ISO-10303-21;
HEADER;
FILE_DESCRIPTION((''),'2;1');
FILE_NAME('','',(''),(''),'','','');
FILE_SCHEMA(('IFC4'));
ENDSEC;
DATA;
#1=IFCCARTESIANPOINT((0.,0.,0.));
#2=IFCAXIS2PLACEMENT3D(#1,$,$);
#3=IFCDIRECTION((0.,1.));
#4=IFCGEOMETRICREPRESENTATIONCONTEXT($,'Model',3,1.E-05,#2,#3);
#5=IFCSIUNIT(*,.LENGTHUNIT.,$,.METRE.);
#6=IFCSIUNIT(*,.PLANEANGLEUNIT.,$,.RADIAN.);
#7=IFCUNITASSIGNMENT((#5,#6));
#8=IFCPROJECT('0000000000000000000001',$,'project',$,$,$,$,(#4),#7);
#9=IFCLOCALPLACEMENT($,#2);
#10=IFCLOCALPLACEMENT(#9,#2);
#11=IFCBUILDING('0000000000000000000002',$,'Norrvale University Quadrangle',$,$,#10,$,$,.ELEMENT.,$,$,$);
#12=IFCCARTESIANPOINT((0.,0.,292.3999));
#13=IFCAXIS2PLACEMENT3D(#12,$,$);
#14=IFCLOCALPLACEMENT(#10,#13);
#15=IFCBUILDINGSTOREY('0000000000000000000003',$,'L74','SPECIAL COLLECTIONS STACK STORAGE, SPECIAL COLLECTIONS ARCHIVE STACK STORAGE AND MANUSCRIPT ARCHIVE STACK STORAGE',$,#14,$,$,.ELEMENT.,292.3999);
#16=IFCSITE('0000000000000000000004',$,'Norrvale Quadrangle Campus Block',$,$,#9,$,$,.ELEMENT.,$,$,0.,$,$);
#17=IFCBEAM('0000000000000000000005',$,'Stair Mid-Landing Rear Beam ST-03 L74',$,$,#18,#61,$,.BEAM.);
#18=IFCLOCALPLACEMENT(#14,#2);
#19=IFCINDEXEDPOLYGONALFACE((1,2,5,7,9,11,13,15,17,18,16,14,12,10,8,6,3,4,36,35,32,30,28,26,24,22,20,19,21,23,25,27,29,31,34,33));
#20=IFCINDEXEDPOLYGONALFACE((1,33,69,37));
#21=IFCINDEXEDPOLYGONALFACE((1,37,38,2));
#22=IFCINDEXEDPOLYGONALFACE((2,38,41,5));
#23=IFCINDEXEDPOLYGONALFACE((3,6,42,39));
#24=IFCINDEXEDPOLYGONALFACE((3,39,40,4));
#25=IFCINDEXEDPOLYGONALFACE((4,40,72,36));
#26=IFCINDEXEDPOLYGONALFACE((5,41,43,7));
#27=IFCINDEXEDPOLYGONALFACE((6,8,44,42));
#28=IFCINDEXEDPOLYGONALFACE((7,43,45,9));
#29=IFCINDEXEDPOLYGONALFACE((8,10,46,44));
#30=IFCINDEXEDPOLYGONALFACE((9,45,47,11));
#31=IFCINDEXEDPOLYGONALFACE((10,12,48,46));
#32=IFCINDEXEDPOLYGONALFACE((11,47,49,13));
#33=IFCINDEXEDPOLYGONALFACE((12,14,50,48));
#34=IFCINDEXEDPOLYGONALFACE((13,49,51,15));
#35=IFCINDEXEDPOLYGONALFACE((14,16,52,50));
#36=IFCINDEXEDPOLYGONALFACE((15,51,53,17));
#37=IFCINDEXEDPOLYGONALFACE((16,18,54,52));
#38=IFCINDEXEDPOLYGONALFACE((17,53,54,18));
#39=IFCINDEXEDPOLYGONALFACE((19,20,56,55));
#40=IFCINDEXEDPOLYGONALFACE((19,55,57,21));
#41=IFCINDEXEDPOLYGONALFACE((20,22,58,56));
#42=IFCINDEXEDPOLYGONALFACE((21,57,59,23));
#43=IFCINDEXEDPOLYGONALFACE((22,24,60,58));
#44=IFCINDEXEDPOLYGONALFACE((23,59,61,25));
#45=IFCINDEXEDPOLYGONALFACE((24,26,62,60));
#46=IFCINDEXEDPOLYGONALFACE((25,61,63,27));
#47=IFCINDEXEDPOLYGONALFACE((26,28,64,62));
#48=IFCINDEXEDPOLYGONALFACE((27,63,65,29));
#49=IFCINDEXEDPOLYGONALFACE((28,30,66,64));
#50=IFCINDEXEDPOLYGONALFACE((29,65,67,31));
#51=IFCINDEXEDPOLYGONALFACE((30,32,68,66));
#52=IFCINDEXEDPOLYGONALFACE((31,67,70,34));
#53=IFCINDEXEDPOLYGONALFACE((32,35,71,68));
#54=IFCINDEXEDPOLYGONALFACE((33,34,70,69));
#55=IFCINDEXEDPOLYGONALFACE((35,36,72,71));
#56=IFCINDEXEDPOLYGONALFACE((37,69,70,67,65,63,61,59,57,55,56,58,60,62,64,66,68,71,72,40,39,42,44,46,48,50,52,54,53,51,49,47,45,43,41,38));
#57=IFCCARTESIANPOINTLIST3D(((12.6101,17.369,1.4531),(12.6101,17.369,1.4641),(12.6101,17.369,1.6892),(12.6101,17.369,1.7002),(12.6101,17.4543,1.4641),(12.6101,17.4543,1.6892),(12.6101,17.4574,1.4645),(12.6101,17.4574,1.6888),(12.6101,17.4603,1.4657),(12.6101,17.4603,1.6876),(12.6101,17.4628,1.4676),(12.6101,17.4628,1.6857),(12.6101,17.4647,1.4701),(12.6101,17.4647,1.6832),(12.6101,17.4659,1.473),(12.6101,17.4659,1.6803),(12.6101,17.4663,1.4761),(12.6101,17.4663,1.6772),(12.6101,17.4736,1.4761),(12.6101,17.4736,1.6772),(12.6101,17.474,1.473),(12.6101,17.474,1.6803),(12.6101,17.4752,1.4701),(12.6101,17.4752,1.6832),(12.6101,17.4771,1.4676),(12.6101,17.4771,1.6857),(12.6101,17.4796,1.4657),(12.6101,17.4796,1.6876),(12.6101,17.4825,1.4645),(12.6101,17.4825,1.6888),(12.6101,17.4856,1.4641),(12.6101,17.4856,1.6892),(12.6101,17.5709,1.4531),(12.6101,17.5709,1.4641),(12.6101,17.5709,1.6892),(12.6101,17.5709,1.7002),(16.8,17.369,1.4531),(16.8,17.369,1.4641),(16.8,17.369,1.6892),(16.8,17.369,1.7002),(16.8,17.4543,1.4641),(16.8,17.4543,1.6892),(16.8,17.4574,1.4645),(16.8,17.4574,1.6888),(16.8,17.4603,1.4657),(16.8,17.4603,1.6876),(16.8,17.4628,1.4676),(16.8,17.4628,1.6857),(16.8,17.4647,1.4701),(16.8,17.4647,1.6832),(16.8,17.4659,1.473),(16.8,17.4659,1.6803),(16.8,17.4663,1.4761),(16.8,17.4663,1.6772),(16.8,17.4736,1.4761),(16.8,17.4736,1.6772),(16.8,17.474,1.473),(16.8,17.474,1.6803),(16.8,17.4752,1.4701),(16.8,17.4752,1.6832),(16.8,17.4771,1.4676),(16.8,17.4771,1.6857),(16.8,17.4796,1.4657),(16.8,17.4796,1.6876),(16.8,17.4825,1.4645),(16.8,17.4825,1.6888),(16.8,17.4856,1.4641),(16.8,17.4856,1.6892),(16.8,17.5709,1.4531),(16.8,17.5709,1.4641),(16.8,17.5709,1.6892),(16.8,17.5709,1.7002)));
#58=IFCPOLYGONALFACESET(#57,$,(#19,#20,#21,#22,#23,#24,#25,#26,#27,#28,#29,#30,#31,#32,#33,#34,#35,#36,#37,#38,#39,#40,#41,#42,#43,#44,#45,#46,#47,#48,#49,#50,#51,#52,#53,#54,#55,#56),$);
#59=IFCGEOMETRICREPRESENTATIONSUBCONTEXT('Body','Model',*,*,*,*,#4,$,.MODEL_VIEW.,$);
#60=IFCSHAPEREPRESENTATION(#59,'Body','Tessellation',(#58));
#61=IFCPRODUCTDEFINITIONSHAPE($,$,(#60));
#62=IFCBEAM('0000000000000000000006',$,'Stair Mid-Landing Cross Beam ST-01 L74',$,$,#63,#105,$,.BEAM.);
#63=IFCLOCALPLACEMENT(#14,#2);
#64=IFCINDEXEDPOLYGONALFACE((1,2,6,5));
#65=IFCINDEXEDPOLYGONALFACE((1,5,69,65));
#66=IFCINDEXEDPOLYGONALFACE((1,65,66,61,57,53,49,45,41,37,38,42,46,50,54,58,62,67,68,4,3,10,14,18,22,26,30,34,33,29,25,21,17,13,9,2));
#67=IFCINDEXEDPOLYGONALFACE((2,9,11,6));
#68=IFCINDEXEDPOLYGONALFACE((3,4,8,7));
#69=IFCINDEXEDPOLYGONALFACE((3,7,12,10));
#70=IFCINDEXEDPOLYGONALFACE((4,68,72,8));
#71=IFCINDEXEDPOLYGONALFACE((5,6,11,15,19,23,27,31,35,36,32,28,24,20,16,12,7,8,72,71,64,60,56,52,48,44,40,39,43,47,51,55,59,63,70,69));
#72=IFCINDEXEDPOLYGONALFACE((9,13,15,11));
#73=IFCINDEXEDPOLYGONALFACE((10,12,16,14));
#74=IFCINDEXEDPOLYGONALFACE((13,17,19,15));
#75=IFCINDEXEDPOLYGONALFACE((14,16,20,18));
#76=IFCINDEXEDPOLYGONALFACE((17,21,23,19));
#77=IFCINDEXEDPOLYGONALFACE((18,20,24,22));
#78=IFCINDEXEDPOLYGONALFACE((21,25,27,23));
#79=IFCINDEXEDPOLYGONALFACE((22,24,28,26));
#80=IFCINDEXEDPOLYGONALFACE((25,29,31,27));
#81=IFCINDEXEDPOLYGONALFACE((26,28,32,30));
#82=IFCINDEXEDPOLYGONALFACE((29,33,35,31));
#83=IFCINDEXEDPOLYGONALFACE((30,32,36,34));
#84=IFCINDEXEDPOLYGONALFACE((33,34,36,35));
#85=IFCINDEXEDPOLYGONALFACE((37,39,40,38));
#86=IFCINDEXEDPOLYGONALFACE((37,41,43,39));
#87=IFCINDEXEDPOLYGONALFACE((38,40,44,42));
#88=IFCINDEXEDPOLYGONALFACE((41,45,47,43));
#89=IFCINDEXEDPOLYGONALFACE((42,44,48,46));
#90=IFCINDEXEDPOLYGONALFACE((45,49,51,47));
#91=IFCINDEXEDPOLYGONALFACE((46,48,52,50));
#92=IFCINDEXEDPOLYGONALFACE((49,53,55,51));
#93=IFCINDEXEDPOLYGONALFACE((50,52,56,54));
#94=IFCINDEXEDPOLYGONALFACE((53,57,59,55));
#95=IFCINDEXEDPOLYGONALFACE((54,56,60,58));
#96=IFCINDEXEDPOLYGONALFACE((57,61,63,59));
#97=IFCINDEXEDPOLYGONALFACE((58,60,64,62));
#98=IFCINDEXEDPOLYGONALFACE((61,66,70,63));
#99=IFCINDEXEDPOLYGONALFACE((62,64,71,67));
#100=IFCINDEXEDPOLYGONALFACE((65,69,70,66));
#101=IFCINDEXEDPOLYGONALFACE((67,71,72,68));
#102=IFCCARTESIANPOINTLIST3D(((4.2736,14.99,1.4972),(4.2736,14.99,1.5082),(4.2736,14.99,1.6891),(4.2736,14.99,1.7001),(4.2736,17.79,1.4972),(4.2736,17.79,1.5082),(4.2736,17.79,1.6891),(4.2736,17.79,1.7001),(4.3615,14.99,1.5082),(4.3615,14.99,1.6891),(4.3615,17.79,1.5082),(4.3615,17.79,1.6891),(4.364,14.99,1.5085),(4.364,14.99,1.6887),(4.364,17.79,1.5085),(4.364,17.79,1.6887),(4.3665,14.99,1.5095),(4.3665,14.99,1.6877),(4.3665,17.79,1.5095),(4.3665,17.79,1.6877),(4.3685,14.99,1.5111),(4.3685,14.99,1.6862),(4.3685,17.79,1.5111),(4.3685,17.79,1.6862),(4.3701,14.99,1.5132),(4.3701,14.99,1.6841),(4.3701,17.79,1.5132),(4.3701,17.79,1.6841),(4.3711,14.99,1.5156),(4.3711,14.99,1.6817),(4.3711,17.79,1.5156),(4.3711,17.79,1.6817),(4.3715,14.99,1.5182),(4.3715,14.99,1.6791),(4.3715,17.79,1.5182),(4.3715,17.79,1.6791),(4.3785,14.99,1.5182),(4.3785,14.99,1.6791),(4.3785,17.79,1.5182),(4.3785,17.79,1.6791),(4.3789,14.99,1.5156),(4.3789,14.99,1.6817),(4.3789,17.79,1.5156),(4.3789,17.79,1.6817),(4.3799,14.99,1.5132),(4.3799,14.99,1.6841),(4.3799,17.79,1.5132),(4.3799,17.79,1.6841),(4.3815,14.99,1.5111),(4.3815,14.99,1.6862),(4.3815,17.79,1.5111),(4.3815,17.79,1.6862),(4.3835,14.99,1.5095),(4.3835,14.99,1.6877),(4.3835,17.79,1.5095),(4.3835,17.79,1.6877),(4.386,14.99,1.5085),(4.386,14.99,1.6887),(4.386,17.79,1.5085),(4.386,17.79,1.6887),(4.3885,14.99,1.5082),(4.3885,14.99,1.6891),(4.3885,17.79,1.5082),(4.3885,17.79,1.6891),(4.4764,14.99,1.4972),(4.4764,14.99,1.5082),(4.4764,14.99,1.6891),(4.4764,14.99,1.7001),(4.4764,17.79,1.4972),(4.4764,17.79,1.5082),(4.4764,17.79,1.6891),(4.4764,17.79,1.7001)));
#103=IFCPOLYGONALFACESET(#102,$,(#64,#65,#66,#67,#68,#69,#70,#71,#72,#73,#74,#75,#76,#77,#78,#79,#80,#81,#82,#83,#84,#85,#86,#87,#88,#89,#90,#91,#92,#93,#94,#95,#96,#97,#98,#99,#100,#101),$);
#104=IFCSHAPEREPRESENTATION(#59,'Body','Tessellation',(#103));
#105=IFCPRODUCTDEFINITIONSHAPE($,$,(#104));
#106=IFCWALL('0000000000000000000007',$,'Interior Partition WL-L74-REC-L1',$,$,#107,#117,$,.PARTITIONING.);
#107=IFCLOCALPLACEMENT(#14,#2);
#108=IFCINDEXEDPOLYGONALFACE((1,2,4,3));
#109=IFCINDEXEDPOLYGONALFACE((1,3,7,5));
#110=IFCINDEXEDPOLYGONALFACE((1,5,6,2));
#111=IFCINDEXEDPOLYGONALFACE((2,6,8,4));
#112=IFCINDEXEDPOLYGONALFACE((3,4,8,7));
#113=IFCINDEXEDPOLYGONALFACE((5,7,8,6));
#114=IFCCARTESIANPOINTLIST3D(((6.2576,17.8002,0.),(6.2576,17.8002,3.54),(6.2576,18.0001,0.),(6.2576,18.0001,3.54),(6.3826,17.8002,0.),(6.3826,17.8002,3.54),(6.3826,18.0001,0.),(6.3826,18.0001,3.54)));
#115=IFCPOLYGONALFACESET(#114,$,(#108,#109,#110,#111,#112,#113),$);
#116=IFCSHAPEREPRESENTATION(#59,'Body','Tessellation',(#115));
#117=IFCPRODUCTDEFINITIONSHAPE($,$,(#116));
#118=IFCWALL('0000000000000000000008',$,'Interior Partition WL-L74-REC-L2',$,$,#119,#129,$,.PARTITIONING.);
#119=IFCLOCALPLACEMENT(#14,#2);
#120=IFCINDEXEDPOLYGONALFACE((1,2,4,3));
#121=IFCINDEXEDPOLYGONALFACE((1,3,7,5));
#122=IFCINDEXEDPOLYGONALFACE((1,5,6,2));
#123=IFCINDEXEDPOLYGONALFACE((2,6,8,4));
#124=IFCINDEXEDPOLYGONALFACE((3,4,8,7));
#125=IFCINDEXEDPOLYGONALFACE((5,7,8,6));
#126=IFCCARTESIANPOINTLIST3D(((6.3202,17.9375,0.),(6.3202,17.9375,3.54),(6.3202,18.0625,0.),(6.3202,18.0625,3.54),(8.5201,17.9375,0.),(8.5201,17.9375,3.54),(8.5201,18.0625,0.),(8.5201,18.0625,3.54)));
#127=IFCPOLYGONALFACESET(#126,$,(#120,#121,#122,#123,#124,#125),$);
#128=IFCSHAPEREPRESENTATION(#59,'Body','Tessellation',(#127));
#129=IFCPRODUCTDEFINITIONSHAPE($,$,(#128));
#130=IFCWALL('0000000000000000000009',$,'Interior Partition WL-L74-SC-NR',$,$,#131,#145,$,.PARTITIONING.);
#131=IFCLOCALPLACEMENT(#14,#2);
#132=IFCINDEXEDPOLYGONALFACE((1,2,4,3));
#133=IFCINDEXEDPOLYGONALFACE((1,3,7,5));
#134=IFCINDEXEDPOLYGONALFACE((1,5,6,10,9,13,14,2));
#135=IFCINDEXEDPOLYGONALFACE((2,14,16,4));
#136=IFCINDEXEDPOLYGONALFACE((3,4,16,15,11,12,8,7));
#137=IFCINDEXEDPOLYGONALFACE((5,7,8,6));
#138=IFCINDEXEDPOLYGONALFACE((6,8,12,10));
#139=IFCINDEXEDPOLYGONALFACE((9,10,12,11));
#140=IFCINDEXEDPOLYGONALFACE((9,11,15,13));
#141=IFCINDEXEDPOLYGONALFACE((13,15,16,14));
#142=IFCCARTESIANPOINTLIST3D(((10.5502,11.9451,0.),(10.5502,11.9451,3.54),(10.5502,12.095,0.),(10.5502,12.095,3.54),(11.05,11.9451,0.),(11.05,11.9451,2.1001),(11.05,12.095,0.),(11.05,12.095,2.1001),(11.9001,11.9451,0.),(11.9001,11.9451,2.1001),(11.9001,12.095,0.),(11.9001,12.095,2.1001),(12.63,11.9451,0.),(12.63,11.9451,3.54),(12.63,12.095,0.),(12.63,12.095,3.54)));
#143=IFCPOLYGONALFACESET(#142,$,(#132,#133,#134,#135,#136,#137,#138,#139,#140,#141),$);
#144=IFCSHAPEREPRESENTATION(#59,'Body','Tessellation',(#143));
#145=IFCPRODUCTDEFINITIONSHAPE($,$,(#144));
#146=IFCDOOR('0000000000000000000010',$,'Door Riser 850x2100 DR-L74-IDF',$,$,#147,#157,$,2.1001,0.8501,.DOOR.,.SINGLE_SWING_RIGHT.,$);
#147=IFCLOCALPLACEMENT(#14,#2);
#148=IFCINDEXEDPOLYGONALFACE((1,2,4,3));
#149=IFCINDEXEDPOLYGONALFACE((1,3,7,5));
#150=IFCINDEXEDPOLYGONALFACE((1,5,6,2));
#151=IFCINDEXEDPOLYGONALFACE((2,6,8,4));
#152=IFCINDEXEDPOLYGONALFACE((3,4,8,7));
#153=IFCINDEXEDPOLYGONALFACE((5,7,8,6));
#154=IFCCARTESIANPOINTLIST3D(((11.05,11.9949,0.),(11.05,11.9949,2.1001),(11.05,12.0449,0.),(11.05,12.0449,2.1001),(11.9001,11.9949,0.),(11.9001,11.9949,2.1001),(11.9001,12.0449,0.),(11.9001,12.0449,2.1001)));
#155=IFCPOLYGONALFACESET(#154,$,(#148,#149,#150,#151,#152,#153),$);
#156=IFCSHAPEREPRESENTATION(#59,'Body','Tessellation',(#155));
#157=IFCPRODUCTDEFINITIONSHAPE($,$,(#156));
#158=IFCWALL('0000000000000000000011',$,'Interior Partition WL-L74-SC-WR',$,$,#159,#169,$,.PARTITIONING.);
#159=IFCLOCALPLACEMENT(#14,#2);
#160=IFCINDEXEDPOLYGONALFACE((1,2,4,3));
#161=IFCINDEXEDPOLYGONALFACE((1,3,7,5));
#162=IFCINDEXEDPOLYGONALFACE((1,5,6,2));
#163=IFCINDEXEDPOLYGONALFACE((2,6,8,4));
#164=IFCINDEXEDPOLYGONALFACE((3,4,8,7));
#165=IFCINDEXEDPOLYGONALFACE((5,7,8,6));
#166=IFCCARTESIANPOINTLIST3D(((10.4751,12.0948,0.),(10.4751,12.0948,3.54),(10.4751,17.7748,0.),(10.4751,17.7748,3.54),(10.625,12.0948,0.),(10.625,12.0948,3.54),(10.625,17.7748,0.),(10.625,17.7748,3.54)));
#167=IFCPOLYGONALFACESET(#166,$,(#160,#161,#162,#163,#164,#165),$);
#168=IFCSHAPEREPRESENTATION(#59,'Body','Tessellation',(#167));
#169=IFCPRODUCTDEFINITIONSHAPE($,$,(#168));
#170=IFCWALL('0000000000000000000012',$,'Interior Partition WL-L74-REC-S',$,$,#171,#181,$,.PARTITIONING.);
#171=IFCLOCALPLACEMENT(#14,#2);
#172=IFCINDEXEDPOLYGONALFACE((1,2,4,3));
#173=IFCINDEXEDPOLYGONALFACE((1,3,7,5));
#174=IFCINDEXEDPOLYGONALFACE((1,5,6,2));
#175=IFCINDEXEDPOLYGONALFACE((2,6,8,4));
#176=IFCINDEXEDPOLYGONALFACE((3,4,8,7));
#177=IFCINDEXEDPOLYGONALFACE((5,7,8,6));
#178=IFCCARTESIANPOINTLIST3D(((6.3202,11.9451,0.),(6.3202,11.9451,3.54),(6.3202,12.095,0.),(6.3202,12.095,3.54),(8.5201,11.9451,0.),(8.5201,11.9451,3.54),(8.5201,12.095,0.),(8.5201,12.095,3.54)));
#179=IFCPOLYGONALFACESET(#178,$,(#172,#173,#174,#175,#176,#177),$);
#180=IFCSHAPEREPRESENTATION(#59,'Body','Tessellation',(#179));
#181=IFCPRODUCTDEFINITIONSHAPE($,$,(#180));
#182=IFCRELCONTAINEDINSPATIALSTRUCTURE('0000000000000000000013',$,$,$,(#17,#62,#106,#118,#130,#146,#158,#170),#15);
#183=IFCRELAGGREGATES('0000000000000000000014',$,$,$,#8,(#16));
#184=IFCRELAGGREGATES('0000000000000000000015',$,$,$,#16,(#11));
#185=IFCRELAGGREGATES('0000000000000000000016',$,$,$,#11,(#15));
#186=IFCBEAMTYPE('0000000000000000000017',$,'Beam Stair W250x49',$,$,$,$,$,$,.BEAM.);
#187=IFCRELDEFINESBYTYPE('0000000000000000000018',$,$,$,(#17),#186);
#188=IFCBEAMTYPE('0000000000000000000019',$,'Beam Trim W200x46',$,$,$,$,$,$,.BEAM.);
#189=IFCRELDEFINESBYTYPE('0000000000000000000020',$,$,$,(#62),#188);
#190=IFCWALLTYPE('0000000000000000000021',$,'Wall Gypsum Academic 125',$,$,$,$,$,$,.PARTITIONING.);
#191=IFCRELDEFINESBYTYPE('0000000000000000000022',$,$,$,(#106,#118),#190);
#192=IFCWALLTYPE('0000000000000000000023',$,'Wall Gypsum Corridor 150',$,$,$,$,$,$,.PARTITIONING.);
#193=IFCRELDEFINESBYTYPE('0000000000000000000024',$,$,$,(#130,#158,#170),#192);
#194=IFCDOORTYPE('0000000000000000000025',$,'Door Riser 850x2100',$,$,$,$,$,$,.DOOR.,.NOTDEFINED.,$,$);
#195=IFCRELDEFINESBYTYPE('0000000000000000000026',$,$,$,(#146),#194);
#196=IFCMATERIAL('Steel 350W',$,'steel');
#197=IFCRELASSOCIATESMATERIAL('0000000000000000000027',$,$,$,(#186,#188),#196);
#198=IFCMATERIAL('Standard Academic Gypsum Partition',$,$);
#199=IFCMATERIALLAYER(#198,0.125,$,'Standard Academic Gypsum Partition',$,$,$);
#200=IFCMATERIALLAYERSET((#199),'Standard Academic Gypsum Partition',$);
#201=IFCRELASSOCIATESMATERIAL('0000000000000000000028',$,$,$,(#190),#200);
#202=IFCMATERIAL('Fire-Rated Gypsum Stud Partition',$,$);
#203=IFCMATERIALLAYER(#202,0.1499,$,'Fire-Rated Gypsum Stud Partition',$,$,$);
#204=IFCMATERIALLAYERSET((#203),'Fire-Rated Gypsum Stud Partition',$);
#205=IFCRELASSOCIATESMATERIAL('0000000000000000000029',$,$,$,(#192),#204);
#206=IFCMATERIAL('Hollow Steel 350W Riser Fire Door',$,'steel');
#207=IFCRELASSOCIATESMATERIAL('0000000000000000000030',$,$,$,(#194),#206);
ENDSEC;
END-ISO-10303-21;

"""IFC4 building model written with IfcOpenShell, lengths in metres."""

from ifc_helpers import new_model, si_unit, direction, frame, frame_2d, origin, origin_2d, place, context, subcontext, project, spatial, rectangle, i_section, extrude, material, layer, layer_set, material_profile, profile_set, type_object, element, fill, save


model = new_model("IFC4")

# Units and contexts
model_context = context("Model", 3, precision=1e-05, world=origin(), true_north=direction((0.0, 1.0)))
body_context = subcontext(model_context, "Body", "Model", "MODEL_VIEW")
ifc_project = project(units=[si_unit("LENGTHUNIT", "METRE"), si_unit("PLANEANGLEUNIT", "RADIAN")], contexts=[model_context])

# Site, building, storey
site_placement = place(None, origin())
site = spatial("IfcSite", under=ifc_project, at=site_placement, Name="Norrvale Quadrangle Campus Block", CompositionType="ELEMENT", RefElevation=0.0)
building_placement = place(site_placement, origin())
building = spatial("IfcBuilding", under=site, at=building_placement, Name="Norrvale University Quadrangle", CompositionType="ELEMENT")
storey_placement = place(building_placement, frame((0.0, 0.0, 292.3999)))
storey = spatial("IfcBuildingStorey", under=building, at=storey_placement, Name="L74", Description="SPECIAL COLLECTIONS STACK STORAGE, SPECIAL COLLECTIONS ARCHIVE STACK STORAGE AND MANUSCRIPT ARCHIVE STACK STORAGE", CompositionType="ELEMENT", Elevation=292.3999)

# Beams
ifc_material_1 = material(Name="Steel 350W", Category="steel")
ifc_material_profile_1 = material_profile(ifc_material_1, i_section(OverallWidth=0.2019, OverallDepth=0.2471, WebThickness=0.0073, FlangeThickness=0.011, FilletRadius=0.012, at=origin_2d()), Name="Steel 350W")
ifc_profile_set_1 = profile_set([ifc_material_profile_1], Name="Steel 350W")
beam_type_1 = type_object("IfcBeamType", Name="Beam Stair W250x49", PredefinedType="BEAM", material=ifc_profile_set_1)
for number, where, z_axis, x_axis, name in (
    (1, (12.6101, 17.47, 1.5767), (1.0, 0.0, 0.0), (0.0, 1.0, 0.0), "Stair Mid-Landing Rear Beam ST-03 L74"),
):
    element("IfcBeam", number, at=place(storey_placement, frame(where, z_axis=z_axis, x_axis=x_axis)), inside=storey, type_object=beam_type_1, Name=name, PredefinedType="BEAM", context=body_context, shape_type="SweptSolid", body=[
        extrude(i_section(OverallWidth=0.2019, OverallDepth=0.2471, WebThickness=0.0073, FlangeThickness=0.011, FilletRadius=0.012, at=origin_2d()), origin(), (0.0, 0.0, 1.0), 4.1899),
    ])
ifc_material_profile_2 = material_profile(ifc_material_1, i_section(OverallWidth=0.2029, OverallDepth=0.2029, WebThickness=0.0071, FlangeThickness=0.011, FilletRadius=0.01, at=origin_2d()), Name="Steel 350W")
ifc_profile_set_2 = profile_set([ifc_material_profile_2], Name="Steel 350W")
beam_type_2 = type_object("IfcBeamType", Name="Beam Trim W200x46", PredefinedType="BEAM", material=ifc_profile_set_2)
beam_placement = place(storey_placement, frame((4.375, 14.99, 1.5986), z_axis=(0.0, 1.0, 0.0), x_axis=(-1.0, 0.0, 0.0)))
element("IfcBeam", 2, at=beam_placement, inside=storey, type_object=beam_type_2, Name="Stair Mid-Landing Cross Beam ST-01 L74", PredefinedType="BEAM", context=body_context, shape_type="SweptSolid", body=[
    extrude(i_section(OverallWidth=0.2029, OverallDepth=0.2029, WebThickness=0.0071, FlangeThickness=0.011, FilletRadius=0.01, at=origin_2d()), origin(), (0.0, 0.0, 1.0), 2.8),
])

# Walls
ifc_material_2 = material(Name="Standard Academic Gypsum Partition")
ifc_layer_1 = layer(ifc_material_2, 0.125, Name="Standard Academic Gypsum Partition")
ifc_layer_set_1 = layer_set([ifc_layer_1], Name="Standard Academic Gypsum Partition")
wall_type_1 = type_object("IfcWallType", Name="Wall Gypsum Academic 125", PredefinedType="PARTITIONING", material=ifc_layer_set_1)
wall_1_placement = place(storey_placement, frame((6.3201, 17.8, 0.0), z_axis=(0.0, 0.0, 1.0), x_axis=(0.0, 1.0, 0.0)))
element("IfcWall", 3, at=wall_1_placement, inside=storey, type_object=wall_type_1, Name="Interior Partition WL-L74-REC-L1", PredefinedType="PARTITIONING", context=body_context, shape_type="SweptSolid", body=[
    extrude(rectangle(XDim=0.2, YDim=0.125, at=frame_2d((0.1001, 0.0))), origin(), (0.0, 0.0, 1.0), 3.54),
])
wall_2_placement = place(storey_placement, frame((6.3201, 18.0, 0.0), z_axis=(0.0, 0.0, 1.0), x_axis=(1.0, 0.0, 0.0)))
element("IfcWall", 4, at=wall_2_placement, inside=storey, type_object=wall_type_1, Name="Interior Partition WL-L74-REC-L2", PredefinedType="PARTITIONING", context=body_context, shape_type="SweptSolid", body=[
    extrude(rectangle(XDim=2.2, YDim=0.125, at=frame_2d((1.1001, 0.0))), origin(), (0.0, 0.0, 1.0), 3.54),
])

# Wall, opening, door
ifc_material_3 = material(Name="Fire-Rated Gypsum Stud Partition")
ifc_layer_2 = layer(ifc_material_3, 0.1499, Name="Fire-Rated Gypsum Stud Partition")
ifc_layer_set_2 = layer_set([ifc_layer_2], Name="Fire-Rated Gypsum Stud Partition")
wall_type_2 = type_object("IfcWallType", Name="Wall Gypsum Corridor 150", PredefinedType="PARTITIONING", material=ifc_layer_set_2)
wall_3_placement = place(storey_placement, frame((10.55, 12.02, 0.0), z_axis=(0.0, 0.0, 1.0), x_axis=(1.0, 0.0, 0.0)))
wall_3 = element("IfcWall", 5, at=wall_3_placement, inside=storey, type_object=wall_type_2, Name="Interior Partition WL-L74-SC-NR", PredefinedType="PARTITIONING", context=body_context, shape_type="SweptSolid", body=[
    extrude(rectangle(XDim=2.0798, YDim=0.1499, at=frame_2d((1.04, 0.0))), origin(), (0.0, 0.0, 1.0), 3.54),
])
opening_1_placement = place(wall_3_placement, frame((0.5, 0.0, 0.0)))
opening_1 = element("IfcOpeningElement", 6, at=opening_1_placement, cuts=wall_3, PredefinedType="OPENING", context=body_context, shape_type="SweptSolid", body=[
    extrude(rectangle(XDim=0.8501, YDim=2.1001, at=frame_2d((0.425, 1.05))), frame((0.0, 0.0869, 0.0), z_axis=(0.0, -1.0, 0.0), x_axis=(1.0, 0.0, 0.0)), (0.0, 0.0, 1.0), 0.1738),
])
ifc_material_4 = material(Name="Hollow Steel 350W Riser Fire Door", Category="steel")
door_type_1 = type_object("IfcDoorType", Name="Door Riser 850x2100", OperationType="NOTDEFINED", PredefinedType="DOOR", material=ifc_material_4)
door_1_placement = place(opening_1_placement, origin())
door_1 = element("IfcDoor", 7, at=door_1_placement, inside=storey, type_object=door_type_1, Name="Door Riser 850x2100 DR-L74-IDF", OperationType="SINGLE_SWING_RIGHT", OverallHeight=2.1001, OverallWidth=0.8501, PredefinedType="DOOR", context=body_context, shape_type="SweptSolid", body=[
    extrude(rectangle(XDim=0.8501, YDim=2.1001, at=frame_2d((0.425, 1.05))), frame((0.0, 0.0249, 0.0), z_axis=(0.0, -1.0, 0.0), x_axis=(1.0, 0.0, 0.0)), (0.0, 0.0, 1.0), 0.05),
])
fill(opening_1, door_1)

# Walls
wall_4_placement = place(storey_placement, frame((10.55, 12.095, 0.0), z_axis=(0.0, 0.0, 1.0), x_axis=(0.0, 1.0, 0.0)))
element("IfcWall", 8, at=wall_4_placement, inside=storey, type_object=wall_type_2, Name="Interior Partition WL-L74-SC-WR", PredefinedType="PARTITIONING", context=body_context, shape_type="SweptSolid", body=[
    extrude(rectangle(XDim=5.6799, YDim=0.1499, at=frame_2d((2.8398, 0.0))), origin(), (0.0, 0.0, 1.0), 3.54),
])
wall_5_placement = place(storey_placement, frame((6.3201, 12.02, 0.0), z_axis=(0.0, 0.0, 1.0), x_axis=(1.0, 0.0, 0.0)))
element("IfcWall", 9, at=wall_5_placement, inside=storey, type_object=wall_type_2, Name="Interior Partition WL-L74-REC-S", PredefinedType="PARTITIONING", context=body_context, shape_type="SweptSolid", body=[
    extrude(rectangle(XDim=2.2, YDim=0.1499, at=frame_2d((1.1001, 0.0))), origin(), (0.0, 0.0, 1.0), 3.54),
])

save(model, "model.ifc")
